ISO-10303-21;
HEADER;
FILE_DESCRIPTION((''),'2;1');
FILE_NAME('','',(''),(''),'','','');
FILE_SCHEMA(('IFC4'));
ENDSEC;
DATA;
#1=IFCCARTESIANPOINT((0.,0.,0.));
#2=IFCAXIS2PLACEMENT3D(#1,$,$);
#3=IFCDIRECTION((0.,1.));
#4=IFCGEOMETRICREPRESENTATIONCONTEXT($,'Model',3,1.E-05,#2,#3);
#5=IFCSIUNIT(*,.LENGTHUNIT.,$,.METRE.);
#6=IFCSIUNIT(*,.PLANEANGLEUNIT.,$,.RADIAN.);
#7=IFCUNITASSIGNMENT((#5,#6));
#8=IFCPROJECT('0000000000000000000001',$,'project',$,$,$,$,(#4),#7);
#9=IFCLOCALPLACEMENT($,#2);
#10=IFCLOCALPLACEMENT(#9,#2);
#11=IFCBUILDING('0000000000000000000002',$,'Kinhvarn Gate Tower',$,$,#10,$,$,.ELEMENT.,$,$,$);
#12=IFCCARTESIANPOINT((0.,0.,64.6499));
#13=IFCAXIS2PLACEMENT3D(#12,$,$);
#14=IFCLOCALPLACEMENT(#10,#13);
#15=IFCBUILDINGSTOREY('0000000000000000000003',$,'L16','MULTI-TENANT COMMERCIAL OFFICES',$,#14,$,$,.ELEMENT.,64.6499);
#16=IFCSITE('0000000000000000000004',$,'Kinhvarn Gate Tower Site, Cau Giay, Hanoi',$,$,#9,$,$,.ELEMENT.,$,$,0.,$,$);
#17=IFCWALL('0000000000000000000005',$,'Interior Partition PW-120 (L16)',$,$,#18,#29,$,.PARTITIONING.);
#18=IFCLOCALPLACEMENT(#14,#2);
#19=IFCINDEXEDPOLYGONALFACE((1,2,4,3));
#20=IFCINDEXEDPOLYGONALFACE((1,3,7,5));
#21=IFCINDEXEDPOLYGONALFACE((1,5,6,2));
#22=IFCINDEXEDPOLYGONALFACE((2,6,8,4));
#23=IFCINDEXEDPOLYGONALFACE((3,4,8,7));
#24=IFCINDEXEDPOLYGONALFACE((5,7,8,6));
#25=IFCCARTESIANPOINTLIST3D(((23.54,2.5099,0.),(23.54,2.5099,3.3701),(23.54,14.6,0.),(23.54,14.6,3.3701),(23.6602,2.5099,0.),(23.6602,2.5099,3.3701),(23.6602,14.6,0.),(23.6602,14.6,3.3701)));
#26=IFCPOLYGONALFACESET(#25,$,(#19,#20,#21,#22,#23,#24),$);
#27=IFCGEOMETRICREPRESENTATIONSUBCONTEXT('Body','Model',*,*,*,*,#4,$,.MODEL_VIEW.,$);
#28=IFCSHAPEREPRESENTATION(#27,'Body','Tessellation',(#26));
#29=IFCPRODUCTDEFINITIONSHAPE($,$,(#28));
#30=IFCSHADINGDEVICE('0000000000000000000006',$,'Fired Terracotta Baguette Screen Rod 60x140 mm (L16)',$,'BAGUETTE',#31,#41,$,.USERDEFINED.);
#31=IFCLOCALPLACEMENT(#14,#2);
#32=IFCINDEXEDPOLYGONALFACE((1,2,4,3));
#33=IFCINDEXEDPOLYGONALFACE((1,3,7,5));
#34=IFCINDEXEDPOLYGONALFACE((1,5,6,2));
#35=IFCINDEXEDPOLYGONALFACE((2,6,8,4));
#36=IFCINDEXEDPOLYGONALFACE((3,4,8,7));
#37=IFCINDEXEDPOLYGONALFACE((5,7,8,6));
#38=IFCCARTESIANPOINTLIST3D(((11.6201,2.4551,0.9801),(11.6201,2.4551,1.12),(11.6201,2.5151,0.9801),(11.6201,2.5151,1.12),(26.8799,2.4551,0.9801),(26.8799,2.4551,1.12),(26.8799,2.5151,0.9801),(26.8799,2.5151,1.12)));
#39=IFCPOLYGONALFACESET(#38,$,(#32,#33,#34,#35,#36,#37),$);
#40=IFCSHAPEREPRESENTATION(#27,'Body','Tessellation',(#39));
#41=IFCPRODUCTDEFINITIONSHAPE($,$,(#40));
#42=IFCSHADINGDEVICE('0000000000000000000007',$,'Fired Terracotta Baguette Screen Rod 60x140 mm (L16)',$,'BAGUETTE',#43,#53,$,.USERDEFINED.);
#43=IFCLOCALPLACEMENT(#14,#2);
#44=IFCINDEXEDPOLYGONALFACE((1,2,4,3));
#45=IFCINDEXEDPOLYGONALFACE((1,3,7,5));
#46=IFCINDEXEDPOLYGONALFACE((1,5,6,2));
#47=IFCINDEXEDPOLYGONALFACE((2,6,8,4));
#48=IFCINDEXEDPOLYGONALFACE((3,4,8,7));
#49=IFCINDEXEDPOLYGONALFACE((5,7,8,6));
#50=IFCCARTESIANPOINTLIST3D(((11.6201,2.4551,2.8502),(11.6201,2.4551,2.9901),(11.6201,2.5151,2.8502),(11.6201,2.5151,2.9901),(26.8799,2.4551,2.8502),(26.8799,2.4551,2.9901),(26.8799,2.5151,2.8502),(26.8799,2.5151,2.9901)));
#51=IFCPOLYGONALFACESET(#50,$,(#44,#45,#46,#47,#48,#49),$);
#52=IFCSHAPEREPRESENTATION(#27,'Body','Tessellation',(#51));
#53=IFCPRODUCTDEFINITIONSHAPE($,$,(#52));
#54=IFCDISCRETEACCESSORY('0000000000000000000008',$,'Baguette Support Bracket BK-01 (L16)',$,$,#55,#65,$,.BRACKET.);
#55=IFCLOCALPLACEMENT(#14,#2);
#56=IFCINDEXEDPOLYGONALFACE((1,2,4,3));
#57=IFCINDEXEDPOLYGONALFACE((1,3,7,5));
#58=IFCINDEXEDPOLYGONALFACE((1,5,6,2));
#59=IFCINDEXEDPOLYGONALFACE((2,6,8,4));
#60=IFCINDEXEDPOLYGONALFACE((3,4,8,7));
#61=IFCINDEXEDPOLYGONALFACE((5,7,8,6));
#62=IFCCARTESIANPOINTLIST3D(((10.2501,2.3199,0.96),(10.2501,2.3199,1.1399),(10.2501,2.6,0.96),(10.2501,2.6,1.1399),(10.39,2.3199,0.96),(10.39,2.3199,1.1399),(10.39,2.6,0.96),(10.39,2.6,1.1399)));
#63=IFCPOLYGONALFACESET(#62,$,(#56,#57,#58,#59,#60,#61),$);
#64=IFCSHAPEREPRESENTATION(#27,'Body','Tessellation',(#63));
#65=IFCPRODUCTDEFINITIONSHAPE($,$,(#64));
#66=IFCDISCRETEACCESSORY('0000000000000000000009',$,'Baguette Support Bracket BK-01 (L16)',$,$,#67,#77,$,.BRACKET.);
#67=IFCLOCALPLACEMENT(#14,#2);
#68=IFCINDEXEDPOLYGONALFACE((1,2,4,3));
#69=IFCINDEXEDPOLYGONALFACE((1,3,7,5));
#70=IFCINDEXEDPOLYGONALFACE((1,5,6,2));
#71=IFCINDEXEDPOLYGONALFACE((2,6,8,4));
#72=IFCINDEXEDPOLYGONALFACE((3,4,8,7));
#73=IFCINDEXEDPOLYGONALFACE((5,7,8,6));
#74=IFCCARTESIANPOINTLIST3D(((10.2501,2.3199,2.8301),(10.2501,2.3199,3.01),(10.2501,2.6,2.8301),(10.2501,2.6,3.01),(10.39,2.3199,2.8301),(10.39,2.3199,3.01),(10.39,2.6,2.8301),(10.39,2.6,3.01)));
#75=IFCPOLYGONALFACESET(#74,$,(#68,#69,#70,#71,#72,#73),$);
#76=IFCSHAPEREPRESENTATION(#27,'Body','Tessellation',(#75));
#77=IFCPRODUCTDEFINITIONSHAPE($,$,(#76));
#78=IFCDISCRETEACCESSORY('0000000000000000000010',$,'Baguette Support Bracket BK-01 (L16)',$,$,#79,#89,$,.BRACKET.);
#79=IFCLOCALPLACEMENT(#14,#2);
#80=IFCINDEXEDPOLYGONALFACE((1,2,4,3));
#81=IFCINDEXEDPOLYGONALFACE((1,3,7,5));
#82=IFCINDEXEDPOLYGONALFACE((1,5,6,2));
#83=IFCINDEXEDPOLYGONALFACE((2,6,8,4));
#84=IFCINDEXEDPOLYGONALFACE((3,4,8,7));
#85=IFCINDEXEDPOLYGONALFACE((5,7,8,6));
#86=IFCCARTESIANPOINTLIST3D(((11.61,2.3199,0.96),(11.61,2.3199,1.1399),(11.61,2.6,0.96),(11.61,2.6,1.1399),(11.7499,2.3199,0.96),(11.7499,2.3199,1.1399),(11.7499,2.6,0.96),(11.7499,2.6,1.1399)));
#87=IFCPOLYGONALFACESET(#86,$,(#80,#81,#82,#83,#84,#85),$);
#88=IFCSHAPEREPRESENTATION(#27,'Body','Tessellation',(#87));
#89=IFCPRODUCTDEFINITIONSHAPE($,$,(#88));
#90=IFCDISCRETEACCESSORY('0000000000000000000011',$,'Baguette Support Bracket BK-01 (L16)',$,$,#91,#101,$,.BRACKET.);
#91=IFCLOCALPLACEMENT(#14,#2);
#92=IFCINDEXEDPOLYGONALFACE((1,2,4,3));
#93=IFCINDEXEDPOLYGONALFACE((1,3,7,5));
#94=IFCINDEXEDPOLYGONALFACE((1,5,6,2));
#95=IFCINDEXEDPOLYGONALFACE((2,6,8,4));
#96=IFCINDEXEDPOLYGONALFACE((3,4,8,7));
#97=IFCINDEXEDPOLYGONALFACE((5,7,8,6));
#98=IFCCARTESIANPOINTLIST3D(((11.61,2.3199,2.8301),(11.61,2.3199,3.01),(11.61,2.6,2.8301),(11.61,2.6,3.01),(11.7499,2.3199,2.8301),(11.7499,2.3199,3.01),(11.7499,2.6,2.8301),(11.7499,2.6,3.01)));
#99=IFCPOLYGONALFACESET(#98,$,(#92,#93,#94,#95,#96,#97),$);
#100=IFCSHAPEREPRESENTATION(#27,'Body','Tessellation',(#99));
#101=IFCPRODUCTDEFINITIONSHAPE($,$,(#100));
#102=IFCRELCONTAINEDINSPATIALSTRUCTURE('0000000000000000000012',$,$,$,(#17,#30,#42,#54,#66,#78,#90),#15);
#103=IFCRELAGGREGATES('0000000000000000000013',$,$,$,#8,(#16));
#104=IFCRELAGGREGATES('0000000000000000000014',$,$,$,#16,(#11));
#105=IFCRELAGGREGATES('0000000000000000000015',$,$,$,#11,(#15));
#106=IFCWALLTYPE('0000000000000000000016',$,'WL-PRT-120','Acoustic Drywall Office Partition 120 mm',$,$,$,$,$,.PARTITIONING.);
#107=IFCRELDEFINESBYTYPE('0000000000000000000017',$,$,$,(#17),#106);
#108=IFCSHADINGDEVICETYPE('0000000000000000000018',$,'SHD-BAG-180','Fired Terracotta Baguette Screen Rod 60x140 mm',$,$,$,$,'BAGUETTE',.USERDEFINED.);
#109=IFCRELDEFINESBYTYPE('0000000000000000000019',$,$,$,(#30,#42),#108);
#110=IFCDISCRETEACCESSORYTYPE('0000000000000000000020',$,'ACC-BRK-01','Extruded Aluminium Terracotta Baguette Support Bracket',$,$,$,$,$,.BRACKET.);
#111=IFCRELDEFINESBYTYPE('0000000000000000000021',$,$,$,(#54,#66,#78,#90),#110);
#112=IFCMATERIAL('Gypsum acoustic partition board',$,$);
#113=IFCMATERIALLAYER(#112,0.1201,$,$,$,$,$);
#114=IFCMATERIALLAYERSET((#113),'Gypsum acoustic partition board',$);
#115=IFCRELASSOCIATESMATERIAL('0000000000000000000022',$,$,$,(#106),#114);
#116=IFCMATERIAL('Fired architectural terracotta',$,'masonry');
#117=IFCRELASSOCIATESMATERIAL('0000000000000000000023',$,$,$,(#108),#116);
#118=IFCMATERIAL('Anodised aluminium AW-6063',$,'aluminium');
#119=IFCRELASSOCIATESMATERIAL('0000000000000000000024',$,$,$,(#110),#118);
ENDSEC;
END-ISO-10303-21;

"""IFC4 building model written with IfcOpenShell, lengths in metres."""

from ifc_helpers import new_model, si_unit, direction, frame, frame_2d, origin, origin_2d, place, context, subcontext, project, spatial, rectangle, extrude, material, layer, layer_set, material_profile, profile_set, type_object, element, save


model = new_model("IFC4")

# Units and contexts
model_context = context("Model", 3, precision=1e-05, world=origin(), true_north=direction((0.0, 1.0)))
body_context = subcontext(model_context, "Body", "Model", "MODEL_VIEW")
ifc_project = project(units=[si_unit("LENGTHUNIT", "METRE"), si_unit("PLANEANGLEUNIT", "RADIAN")], contexts=[model_context])

# Site, building, storey
site_placement = place(None, origin())
site = spatial("IfcSite", under=ifc_project, at=site_placement, Name="Kinhvarn Gate Tower Site, Cau Giay, Hanoi", CompositionType="ELEMENT", RefElevation=0.0)
building_placement = place(site_placement, origin())
building = spatial("IfcBuilding", under=site, at=building_placement, Name="Kinhvarn Gate Tower", CompositionType="ELEMENT")
storey_placement = place(building_placement, frame((0.0, 0.0, 64.6499)))
storey = spatial("IfcBuildingStorey", under=building, at=storey_placement, Name="L16", Description="MULTI-TENANT COMMERCIAL OFFICES", CompositionType="ELEMENT", Elevation=64.6499)

# Shared definitions
ifc_material_1 = material(Name="Anodised aluminium AW-6063", Category="aluminium")

# Wall
ifc_material_2 = material(Name="Gypsum acoustic partition board")
ifc_layer_1 = layer(ifc_material_2, 0.1201)
ifc_layer_set_1 = layer_set([ifc_layer_1], Name="Gypsum acoustic partition board")
wall_type = type_object("IfcWallType", Name="WL-PRT-120", Description="Acoustic Drywall Office Partition 120 mm", PredefinedType="PARTITIONING", material=ifc_layer_set_1)
for number, where, z_axis, x_axis, name in (
    (1, (23.6001, 2.51, 0.0), (0.0, 0.0, 1.0), (0.0, 1.0, 0.0), "Interior Partition PW-120 (L16)"),
):
    element("IfcWall", number, at=place(storey_placement, frame(where, z_axis=z_axis, x_axis=x_axis)), inside=storey, type_object=wall_type, Name=name, PredefinedType="PARTITIONING", context=body_context, shape_type="SweptSolid", body=[
        extrude(rectangle(XDim=12.0901, YDim=0.1201, at=frame_2d((6.0449, 0.0))), origin(), (0.0, 0.0, 1.0), 3.3701),
    ])

# Shading devices
ifc_material_3 = material(Name="Fired architectural terracotta", Category="masonry")
ifc_material_profile_1 = material_profile(ifc_material_3, rectangle(XDim=0.0601, YDim=0.1399, at=origin_2d()), Name="TC 60x140")
ifc_profile_set_1 = profile_set([ifc_material_profile_1], Name="Fired architectural terracotta")
shading_device_type = type_object("IfcShadingDeviceType", Name="SHD-BAG-180", Description="Fired Terracotta Baguette Screen Rod 60x140 mm", ElementType="BAGUETTE", PredefinedType="USERDEFINED", material=ifc_profile_set_1)
for number, where, z_axis, x_axis, name in (
    (2, (11.6201, 2.4851, 1.05), (1.0, 0.0, 0.0), (0.0, 1.0, 0.0), "Fired Terracotta Baguette Screen Rod 60x140 mm (L16)"),
    (3, (11.6201, 2.4851, 2.9202), (1.0, 0.0, 0.0), (0.0, 1.0, 0.0), "Fired Terracotta Baguette Screen Rod 60x140 mm (L16)"),
):
    element("IfcShadingDevice", number, at=place(storey_placement, frame(where, z_axis=z_axis, x_axis=x_axis)), inside=storey, type_object=shading_device_type, Name=name, ObjectType="BAGUETTE", PredefinedType="USERDEFINED", context=body_context, shape_type="SweptSolid", body=[
        extrude(rectangle(XDim=0.0601, YDim=0.1399, at=origin_2d()), origin(), (0.0, 0.0, 1.0), 15.2598),
    ])

# Discrete accessories
discrete_accessory_type = type_object("IfcDiscreteAccessoryType", Name="ACC-BRK-01", Description="Extruded Aluminium Terracotta Baguette Support Bracket", PredefinedType="BRACKET", material=ifc_material_1)
for number, where, z_axis, x_axis, name in (
    (4, (10.3201, 2.46, 0.96), (0.0, 0.0, 1.0), (1.0, 0.0, 0.0), "Baguette Support Bracket BK-01 (L16)"),
    (5, (10.3201, 2.46, 2.8301), (0.0, 0.0, 1.0), (1.0, 0.0, 0.0), "Baguette Support Bracket BK-01 (L16)"),
    (6, (11.6799, 2.46, 0.96), (0.0, 0.0, 1.0), (1.0, 0.0, 0.0), "Baguette Support Bracket BK-01 (L16)"),
    (7, (11.6799, 2.46, 2.8301), (0.0, 0.0, 1.0), (1.0, 0.0, 0.0), "Baguette Support Bracket BK-01 (L16)"),
):
    element("IfcDiscreteAccessory", number, at=place(storey_placement, frame(where, z_axis=z_axis, x_axis=x_axis)), inside=storey, type_object=discrete_accessory_type, Name=name, PredefinedType="BRACKET", context=body_context, shape_type="SweptSolid", body=[
        extrude(rectangle(XDim=0.1399, YDim=0.28, at=origin_2d()), origin(), (0.0, 0.0, 1.0), 0.1799),
    ])

save(model, "model.ifc")
